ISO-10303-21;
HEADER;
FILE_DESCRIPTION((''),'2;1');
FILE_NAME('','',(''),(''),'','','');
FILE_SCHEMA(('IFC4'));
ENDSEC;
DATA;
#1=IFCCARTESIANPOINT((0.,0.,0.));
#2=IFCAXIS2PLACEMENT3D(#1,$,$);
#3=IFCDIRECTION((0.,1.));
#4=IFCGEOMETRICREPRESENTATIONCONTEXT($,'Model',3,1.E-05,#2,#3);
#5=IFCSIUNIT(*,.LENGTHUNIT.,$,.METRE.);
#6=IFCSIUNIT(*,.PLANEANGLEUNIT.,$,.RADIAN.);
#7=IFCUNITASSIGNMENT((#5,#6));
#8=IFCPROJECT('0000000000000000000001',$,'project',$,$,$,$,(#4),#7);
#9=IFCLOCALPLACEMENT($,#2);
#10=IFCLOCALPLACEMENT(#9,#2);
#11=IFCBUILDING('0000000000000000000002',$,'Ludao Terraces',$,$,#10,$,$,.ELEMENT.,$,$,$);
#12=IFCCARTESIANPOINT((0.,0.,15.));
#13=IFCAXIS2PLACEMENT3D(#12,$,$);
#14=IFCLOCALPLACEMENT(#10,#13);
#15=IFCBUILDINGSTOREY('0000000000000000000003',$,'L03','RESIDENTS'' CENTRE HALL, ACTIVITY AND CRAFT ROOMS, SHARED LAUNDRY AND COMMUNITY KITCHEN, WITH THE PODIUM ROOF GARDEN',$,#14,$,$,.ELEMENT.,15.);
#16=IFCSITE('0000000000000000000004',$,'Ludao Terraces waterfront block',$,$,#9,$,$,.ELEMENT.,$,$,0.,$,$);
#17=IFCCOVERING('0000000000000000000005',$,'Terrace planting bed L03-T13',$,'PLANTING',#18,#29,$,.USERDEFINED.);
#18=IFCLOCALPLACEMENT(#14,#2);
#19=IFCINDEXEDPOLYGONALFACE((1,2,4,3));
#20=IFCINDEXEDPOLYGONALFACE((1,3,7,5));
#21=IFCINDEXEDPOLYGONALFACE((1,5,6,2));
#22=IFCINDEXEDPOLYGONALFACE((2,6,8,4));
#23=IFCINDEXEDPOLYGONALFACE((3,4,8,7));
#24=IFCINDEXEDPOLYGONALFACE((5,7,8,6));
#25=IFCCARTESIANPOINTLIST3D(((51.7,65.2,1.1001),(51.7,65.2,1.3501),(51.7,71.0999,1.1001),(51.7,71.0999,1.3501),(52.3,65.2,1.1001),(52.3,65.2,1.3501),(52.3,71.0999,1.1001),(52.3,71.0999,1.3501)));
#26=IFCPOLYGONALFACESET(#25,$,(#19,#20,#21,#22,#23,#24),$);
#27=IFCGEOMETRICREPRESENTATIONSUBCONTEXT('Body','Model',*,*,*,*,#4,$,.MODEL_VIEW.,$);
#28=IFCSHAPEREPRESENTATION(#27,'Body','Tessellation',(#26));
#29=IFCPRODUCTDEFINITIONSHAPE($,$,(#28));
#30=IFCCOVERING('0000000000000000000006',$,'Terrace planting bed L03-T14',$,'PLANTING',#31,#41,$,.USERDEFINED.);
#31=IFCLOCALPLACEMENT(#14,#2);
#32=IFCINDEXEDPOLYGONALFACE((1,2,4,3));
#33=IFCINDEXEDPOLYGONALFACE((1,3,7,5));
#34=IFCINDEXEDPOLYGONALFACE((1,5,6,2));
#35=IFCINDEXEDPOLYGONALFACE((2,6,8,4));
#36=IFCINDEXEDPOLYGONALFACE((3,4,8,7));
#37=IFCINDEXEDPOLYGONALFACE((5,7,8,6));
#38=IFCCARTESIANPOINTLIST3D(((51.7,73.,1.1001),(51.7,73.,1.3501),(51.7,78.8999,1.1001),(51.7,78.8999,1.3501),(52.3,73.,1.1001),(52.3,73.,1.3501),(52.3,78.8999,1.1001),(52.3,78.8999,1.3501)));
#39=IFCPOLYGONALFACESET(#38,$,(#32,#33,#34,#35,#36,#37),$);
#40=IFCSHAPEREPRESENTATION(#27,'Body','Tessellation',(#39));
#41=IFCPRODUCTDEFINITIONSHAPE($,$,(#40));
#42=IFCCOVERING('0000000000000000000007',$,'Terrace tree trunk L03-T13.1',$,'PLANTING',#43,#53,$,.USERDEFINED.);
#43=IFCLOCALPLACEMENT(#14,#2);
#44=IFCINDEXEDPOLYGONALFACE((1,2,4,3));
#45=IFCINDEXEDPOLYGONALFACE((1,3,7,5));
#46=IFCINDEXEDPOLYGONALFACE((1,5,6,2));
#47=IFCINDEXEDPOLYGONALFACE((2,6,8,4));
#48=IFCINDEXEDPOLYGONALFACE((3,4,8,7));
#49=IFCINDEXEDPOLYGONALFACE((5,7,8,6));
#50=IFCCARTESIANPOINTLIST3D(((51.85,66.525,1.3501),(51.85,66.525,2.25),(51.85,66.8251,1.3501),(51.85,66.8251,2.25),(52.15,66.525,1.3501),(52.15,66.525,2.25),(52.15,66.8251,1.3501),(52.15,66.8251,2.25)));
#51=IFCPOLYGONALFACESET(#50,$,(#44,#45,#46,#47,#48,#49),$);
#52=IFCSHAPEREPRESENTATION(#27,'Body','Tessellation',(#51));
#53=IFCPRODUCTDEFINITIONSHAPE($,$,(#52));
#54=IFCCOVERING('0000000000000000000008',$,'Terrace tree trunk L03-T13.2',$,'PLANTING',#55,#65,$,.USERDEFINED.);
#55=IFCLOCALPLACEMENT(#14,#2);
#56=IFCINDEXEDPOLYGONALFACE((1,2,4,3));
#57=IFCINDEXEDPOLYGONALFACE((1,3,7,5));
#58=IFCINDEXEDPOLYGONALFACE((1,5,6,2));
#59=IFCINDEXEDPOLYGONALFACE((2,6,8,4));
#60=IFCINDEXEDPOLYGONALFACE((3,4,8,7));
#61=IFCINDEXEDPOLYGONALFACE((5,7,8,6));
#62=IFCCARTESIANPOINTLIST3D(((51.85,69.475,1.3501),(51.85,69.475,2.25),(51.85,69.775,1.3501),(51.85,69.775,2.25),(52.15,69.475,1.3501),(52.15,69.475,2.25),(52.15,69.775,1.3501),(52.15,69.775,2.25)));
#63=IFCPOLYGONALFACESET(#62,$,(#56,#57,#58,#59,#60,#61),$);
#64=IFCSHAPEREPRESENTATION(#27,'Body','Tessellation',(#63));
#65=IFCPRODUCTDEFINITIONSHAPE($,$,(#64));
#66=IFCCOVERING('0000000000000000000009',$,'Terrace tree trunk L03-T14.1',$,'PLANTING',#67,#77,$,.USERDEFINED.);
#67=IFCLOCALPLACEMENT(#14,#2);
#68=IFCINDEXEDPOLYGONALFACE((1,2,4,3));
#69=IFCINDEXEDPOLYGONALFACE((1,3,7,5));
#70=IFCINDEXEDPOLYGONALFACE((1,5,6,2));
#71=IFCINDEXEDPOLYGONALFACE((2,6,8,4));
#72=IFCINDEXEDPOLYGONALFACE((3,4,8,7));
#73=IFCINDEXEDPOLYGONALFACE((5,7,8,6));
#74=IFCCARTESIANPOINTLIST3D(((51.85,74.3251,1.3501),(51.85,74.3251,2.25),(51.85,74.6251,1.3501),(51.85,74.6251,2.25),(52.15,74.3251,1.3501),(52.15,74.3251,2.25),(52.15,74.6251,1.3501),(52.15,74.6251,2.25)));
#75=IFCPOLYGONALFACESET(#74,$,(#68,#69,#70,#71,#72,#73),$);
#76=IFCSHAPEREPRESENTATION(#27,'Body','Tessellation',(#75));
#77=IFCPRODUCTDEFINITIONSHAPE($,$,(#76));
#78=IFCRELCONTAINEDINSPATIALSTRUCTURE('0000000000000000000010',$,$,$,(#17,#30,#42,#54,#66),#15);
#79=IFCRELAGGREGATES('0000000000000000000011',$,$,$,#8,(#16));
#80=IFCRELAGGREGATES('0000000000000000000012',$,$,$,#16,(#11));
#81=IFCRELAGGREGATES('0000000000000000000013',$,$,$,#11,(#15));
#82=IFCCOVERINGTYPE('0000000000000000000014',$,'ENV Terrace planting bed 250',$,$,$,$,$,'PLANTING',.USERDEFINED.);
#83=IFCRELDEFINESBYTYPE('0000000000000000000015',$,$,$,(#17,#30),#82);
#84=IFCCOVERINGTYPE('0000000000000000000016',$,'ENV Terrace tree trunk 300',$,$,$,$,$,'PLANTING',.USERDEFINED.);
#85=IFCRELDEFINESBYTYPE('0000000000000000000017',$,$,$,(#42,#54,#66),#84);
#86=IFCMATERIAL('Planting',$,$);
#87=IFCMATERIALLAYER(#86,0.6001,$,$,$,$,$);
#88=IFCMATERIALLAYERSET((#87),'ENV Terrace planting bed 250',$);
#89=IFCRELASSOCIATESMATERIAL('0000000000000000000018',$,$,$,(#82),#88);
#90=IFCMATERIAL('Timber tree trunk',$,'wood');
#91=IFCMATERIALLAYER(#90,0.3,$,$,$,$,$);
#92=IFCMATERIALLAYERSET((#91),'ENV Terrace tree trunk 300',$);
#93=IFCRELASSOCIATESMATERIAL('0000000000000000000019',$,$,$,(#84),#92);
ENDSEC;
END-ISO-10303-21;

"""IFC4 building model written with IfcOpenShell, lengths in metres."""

from ifc_helpers import new_model, si_unit, direction, frame, origin, origin_2d, place, context, subcontext, project, spatial, rectangle, extrude, material, layer, layer_set, type_object, element, save


model = new_model("IFC4")

# Units and contexts
model_context = context("Model", 3, precision=1e-05, world=origin(), true_north=direction((0.0, 1.0)))
body_context = subcontext(model_context, "Body", "Model", "MODEL_VIEW")
ifc_project = project(units=[si_unit("LENGTHUNIT", "METRE"), si_unit("PLANEANGLEUNIT", "RADIAN")], contexts=[model_context])

# Site, building, storey
site_placement = place(None, origin())
site = spatial("IfcSite", under=ifc_project, at=site_placement, Name="Ludao Terraces waterfront block", CompositionType="ELEMENT", RefElevation=0.0)
building_placement = place(site_placement, origin())
building = spatial("IfcBuilding", under=site, at=building_placement, Name="Ludao Terraces", CompositionType="ELEMENT")
storey_placement = place(building_placement, frame((0.0, 0.0, 15.0)))
storey = spatial("IfcBuildingStorey", under=building, at=storey_placement, Name="L03", Description="RESIDENTS' CENTRE HALL, ACTIVITY AND CRAFT ROOMS, SHARED LAUNDRY AND COMMUNITY KITCHEN, WITH THE PODIUM ROOF GARDEN", CompositionType="ELEMENT", Elevation=15.0)

# Coverings
ifc_material_1 = material(Name="Planting")
ifc_layer_1 = layer(ifc_material_1, 0.6001)
ifc_layer_set_1 = layer_set([ifc_layer_1], Name="ENV Terrace planting bed 250")
covering_type_1 = type_object("IfcCoveringType", Name="ENV Terrace planting bed 250", ElementType="PLANTING", PredefinedType="USERDEFINED", material=ifc_layer_set_1)
for number, where, z_axis, x_axis, name in (
    (1, (52.0, 68.1499, 1.1001), (0.0, 0.0, 1.0), (1.0, 0.0, 0.0), "Terrace planting bed L03-T13"),
    (2, (52.0, 75.95, 1.1001), (0.0, 0.0, 1.0), (1.0, 0.0, 0.0), "Terrace planting bed L03-T14"),
):
    element("IfcCovering", number, at=place(storey_placement, frame(where, z_axis=z_axis, x_axis=x_axis)), inside=storey, type_object=covering_type_1, Name=name, ObjectType="PLANTING", PredefinedType="USERDEFINED", context=body_context, shape_type="SweptSolid", body=[
        extrude(rectangle(XDim=0.6001, YDim=5.8999, at=origin_2d()), origin(), (0.0, 0.0, 1.0), 0.25),
    ])
ifc_material_2 = material(Name="Timber tree trunk", Category="wood")
ifc_layer_2 = layer(ifc_material_2, 0.3)
ifc_layer_set_2 = layer_set([ifc_layer_2], Name="ENV Terrace tree trunk 300")
covering_type_2 = type_object("IfcCoveringType", Name="ENV Terrace tree trunk 300", ElementType="PLANTING", PredefinedType="USERDEFINED", material=ifc_layer_set_2)
for number, where, z_axis, x_axis, name in (
    (3, (52.0, 66.675, 1.3501), (0.0, 0.0, 1.0), (1.0, 0.0, 0.0), "Terrace tree trunk L03-T13.1"),
    (4, (52.0, 69.625, 1.3501), (0.0, 0.0, 1.0), (1.0, 0.0, 0.0), "Terrace tree trunk L03-T13.2"),
    (5, (52.0, 74.4751, 1.3501), (0.0, 0.0, 1.0), (1.0, 0.0, 0.0), "Terrace tree trunk L03-T14.1"),
):
    element("IfcCovering", number, at=place(storey_placement, frame(where, z_axis=z_axis, x_axis=x_axis)), inside=storey, type_object=covering_type_2, Name=name, ObjectType="PLANTING", PredefinedType="USERDEFINED", context=body_context, shape_type="SweptSolid", body=[
        extrude(rectangle(XDim=0.3, YDim=0.3, at=origin_2d()), origin(), (0.0, 0.0, 1.0), 0.8999),
    ])

save(model, "model.ifc")
